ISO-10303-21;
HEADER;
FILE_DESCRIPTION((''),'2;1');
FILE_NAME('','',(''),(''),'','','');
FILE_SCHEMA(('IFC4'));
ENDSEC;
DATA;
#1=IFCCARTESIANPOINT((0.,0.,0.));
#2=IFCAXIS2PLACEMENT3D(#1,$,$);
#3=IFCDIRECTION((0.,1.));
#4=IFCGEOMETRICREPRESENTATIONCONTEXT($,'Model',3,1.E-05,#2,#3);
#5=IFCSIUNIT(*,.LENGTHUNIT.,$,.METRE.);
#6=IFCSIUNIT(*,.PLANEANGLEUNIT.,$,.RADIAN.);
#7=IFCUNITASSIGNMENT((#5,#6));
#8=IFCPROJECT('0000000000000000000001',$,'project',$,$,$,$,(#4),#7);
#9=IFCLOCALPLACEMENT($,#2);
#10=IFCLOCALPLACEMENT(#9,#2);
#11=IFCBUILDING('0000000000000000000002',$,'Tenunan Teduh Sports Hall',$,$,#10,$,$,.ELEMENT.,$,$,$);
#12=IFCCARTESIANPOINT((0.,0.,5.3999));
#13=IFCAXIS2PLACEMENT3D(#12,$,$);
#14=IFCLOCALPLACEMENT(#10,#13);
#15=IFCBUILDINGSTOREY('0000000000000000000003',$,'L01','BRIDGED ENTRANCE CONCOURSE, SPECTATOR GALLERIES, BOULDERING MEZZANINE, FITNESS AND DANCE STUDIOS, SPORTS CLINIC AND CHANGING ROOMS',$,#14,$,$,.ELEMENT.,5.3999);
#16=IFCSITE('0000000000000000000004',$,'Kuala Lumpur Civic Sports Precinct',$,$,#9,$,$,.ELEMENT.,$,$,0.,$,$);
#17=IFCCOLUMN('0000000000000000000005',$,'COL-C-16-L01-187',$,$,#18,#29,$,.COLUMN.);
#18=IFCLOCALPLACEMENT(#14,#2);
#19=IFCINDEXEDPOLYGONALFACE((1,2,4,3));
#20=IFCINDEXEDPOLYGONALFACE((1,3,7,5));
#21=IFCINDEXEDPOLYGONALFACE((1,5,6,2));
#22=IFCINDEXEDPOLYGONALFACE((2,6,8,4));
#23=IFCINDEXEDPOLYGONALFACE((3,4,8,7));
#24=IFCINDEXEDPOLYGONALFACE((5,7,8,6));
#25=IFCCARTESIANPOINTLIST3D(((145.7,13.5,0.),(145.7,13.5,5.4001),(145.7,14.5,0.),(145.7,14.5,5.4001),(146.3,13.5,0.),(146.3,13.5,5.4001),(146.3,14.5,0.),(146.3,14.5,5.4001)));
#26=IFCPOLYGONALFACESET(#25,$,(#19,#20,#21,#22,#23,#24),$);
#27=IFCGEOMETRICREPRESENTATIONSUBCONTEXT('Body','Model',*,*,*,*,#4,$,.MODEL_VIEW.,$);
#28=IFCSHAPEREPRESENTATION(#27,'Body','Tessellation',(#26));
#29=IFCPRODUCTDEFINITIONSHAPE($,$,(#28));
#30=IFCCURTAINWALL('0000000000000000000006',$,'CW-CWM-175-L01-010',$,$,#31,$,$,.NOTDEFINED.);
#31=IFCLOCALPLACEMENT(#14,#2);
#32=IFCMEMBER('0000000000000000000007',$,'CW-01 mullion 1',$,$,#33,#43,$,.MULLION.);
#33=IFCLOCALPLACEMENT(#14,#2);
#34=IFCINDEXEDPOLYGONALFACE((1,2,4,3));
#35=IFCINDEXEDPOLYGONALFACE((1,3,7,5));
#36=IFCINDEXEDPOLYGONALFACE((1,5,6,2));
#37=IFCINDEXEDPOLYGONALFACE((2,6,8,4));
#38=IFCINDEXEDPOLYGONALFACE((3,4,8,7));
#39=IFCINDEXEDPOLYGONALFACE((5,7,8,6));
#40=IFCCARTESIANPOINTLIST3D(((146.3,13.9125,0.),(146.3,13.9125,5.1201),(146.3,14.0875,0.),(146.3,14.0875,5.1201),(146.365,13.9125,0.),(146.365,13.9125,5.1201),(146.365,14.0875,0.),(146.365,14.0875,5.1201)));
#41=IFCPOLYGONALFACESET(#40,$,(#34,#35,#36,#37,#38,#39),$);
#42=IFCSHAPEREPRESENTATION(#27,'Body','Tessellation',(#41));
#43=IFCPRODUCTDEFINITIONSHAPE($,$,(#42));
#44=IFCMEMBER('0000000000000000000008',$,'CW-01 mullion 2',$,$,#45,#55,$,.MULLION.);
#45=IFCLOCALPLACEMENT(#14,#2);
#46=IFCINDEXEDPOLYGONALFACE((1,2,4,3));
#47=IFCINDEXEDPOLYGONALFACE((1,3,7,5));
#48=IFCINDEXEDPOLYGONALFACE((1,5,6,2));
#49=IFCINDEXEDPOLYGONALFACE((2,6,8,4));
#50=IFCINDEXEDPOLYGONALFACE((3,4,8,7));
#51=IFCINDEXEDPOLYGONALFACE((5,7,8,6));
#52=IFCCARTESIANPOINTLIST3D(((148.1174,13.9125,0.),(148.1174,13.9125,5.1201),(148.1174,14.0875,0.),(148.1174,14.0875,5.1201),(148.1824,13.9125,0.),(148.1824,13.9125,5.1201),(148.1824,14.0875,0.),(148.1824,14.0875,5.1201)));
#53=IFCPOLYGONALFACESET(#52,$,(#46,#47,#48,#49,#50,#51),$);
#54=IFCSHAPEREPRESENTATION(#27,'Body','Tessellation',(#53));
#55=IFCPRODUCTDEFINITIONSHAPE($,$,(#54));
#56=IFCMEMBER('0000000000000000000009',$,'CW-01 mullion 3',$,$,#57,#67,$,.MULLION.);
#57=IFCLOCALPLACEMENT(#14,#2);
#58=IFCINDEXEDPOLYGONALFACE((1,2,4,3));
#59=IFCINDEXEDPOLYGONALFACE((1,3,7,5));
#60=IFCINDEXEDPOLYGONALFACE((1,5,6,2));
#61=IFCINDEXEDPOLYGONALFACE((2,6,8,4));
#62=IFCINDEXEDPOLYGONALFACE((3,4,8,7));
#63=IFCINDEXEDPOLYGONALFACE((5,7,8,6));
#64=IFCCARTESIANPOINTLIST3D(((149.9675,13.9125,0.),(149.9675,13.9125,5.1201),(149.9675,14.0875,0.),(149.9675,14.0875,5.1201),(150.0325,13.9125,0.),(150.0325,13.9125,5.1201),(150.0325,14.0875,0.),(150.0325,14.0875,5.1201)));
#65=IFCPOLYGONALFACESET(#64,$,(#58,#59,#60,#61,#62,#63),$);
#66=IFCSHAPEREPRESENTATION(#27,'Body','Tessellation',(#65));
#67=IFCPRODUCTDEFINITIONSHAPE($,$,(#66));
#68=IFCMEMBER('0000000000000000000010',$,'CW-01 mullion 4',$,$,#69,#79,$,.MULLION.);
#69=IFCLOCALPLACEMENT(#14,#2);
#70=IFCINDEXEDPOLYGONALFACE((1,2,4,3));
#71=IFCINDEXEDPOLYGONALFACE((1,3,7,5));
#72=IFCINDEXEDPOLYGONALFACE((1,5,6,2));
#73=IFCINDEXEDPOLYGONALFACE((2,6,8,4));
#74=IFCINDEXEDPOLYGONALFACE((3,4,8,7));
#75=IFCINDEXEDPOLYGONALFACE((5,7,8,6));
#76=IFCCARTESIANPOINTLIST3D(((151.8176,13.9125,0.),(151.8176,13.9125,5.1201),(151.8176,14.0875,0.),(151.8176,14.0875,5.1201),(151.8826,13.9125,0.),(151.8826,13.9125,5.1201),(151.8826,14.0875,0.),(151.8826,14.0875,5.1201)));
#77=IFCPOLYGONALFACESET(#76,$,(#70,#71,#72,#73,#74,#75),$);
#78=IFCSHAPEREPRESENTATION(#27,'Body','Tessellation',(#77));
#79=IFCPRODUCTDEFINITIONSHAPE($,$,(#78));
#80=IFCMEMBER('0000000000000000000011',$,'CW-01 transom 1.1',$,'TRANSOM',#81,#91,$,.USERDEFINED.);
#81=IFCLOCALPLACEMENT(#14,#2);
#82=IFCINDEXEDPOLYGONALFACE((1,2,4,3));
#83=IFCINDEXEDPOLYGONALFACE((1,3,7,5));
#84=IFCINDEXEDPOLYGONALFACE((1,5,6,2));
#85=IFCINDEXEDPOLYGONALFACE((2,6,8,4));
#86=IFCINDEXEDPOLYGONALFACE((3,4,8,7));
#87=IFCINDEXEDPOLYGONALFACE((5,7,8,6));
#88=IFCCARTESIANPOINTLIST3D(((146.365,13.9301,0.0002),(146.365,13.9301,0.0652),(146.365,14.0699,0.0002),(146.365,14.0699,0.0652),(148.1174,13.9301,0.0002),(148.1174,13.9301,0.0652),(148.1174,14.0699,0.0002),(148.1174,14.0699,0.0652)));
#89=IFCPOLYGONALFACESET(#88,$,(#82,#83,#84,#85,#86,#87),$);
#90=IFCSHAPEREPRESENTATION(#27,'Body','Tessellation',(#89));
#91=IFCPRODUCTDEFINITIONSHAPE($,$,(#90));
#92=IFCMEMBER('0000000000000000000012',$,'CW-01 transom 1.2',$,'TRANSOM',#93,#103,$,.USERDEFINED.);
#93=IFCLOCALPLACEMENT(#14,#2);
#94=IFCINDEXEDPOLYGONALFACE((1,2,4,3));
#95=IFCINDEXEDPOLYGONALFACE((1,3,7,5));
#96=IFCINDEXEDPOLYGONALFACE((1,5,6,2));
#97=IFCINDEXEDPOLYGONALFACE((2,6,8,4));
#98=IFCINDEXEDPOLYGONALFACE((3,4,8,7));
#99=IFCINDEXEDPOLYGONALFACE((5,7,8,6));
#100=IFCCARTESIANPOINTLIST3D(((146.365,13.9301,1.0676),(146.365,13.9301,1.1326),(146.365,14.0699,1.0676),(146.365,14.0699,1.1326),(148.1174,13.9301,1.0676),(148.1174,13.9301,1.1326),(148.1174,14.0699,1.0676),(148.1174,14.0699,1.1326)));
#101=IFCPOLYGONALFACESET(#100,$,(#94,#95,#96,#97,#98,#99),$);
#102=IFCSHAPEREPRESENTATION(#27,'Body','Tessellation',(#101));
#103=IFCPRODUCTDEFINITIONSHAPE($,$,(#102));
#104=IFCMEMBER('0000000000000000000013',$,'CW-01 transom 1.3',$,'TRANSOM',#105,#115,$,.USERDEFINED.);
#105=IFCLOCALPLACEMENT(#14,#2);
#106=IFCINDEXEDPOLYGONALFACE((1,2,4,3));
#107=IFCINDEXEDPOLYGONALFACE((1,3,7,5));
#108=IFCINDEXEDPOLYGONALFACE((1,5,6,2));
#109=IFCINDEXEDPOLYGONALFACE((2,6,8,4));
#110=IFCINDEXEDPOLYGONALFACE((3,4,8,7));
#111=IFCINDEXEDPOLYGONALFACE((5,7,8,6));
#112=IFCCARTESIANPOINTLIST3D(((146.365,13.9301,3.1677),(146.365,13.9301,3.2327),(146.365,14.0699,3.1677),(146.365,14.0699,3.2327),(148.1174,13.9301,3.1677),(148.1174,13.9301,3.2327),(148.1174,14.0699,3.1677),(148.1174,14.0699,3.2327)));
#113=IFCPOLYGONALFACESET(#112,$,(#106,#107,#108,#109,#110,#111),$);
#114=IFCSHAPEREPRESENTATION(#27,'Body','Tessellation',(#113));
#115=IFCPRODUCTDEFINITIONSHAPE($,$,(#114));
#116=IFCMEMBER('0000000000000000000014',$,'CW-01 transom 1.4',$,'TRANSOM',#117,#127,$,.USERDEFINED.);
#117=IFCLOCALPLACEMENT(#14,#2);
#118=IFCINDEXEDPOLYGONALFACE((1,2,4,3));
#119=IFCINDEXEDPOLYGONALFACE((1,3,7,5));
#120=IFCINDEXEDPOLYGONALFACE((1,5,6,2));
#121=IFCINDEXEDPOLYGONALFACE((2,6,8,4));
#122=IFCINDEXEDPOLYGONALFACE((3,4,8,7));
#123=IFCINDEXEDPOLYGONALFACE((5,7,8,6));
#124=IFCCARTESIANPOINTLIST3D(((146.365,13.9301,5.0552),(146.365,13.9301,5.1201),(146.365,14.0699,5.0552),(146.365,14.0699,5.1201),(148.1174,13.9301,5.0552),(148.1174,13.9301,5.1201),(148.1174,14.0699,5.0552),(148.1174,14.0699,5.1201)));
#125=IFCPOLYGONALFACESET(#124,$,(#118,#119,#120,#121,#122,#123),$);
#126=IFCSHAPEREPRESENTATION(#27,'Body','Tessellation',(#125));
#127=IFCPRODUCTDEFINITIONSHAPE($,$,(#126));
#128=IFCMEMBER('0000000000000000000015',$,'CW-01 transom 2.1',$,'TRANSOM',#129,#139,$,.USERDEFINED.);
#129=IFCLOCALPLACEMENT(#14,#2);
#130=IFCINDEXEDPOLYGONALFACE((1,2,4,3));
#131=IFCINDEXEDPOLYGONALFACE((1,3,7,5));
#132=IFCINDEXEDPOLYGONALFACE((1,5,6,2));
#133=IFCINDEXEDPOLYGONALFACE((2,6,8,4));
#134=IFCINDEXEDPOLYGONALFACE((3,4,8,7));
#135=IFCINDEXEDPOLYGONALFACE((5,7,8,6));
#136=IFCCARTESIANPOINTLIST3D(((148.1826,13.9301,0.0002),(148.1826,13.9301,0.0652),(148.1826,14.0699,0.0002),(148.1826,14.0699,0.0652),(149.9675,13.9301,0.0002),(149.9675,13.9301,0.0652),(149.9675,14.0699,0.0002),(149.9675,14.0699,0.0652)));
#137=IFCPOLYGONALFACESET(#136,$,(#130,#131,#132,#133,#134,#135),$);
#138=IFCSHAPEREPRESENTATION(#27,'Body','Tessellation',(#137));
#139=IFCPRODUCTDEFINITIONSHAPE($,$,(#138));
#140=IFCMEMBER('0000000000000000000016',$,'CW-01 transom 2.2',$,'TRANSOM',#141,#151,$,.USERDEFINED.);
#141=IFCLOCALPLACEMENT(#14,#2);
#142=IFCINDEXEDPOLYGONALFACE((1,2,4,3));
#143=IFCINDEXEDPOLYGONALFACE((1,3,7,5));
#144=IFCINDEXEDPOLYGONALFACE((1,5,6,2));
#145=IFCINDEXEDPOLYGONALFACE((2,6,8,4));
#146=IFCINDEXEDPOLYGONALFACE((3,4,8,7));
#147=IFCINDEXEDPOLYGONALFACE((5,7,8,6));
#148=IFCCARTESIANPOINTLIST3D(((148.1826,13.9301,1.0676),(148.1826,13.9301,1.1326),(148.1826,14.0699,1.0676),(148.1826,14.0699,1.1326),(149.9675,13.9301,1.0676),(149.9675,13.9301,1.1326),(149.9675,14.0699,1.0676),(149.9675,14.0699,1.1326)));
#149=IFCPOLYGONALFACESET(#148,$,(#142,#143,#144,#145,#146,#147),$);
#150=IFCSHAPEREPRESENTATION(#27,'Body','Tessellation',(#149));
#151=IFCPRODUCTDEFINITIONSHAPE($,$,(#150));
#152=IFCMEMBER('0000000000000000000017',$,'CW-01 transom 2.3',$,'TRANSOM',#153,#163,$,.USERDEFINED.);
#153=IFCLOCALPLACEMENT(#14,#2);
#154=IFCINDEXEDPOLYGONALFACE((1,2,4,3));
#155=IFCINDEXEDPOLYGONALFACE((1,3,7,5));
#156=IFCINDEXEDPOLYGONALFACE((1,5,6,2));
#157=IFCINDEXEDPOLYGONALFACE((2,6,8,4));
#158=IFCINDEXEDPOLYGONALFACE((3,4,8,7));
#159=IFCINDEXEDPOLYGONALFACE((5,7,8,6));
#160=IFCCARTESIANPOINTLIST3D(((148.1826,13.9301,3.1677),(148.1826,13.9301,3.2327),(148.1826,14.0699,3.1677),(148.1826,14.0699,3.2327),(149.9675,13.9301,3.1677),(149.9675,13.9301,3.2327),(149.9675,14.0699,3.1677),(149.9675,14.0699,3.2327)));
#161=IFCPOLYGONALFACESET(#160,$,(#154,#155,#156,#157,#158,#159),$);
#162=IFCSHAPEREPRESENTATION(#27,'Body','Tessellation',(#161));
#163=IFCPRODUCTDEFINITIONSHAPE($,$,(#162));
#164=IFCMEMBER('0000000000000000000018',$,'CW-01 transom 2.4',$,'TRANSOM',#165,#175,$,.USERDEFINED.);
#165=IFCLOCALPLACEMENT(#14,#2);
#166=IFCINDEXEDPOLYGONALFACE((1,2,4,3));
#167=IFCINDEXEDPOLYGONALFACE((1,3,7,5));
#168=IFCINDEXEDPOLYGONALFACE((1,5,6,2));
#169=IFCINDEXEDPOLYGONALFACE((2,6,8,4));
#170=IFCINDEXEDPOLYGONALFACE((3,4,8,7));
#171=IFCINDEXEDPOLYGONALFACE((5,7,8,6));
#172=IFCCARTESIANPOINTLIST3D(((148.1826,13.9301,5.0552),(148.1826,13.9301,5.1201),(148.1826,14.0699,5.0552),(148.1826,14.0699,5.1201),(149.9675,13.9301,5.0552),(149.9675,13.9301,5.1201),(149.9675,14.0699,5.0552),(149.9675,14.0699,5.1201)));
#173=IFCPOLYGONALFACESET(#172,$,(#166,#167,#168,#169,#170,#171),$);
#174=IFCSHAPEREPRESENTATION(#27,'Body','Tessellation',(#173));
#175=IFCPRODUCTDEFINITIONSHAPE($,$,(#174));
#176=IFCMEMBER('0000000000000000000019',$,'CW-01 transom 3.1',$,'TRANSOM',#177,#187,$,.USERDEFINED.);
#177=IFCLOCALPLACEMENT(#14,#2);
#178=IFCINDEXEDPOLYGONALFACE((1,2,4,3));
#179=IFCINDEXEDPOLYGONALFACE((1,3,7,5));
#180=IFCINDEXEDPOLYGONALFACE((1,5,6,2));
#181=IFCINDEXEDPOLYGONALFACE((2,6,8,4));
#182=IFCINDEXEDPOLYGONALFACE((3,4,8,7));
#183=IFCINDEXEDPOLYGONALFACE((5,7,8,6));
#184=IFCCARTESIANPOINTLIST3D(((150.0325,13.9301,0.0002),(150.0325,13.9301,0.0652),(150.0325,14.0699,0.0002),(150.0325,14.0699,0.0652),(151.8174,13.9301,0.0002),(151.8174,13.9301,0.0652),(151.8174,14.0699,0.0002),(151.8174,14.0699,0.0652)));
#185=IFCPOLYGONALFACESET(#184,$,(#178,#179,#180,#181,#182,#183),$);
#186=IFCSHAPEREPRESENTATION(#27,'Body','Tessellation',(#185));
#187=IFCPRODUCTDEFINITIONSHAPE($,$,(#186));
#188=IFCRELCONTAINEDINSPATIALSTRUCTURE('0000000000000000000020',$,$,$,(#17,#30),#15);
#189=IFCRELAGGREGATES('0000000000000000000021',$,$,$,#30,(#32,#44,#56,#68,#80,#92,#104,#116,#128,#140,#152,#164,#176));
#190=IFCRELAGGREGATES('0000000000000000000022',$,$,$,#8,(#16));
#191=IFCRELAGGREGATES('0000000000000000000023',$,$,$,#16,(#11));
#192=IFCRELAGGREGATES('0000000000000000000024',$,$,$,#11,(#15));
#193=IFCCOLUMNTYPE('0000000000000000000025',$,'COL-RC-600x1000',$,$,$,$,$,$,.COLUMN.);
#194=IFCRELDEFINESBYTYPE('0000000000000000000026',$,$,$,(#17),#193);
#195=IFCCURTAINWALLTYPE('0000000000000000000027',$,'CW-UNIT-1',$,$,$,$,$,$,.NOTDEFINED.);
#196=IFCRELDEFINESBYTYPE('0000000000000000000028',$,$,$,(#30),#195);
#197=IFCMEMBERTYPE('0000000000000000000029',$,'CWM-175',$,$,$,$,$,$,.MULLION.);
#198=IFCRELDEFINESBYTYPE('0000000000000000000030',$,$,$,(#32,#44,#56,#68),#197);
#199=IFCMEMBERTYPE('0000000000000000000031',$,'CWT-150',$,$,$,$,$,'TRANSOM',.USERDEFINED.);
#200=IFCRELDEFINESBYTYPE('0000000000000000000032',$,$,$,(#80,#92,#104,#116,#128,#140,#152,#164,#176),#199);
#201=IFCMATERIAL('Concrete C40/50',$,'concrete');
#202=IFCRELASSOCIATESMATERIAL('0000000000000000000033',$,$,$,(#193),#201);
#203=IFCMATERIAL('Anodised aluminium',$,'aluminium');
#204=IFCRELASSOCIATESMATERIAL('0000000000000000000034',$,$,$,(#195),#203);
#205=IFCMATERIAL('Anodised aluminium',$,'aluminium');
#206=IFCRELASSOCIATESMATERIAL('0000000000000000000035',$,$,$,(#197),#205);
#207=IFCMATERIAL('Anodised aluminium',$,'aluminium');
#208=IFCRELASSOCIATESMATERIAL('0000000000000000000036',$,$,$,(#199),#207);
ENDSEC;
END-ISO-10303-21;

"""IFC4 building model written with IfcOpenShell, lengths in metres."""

from ifc_helpers import new_model, si_unit, direction, frame, origin, origin_2d, place, context, subcontext, project, spatial, rectangle, extrude, material, material_profile, profile_set, type_object, element, aggregate, save


model = new_model("IFC4")

# Units and contexts
model_context = context("Model", 3, precision=1e-05, world=origin(), true_north=direction((0.0, 1.0)))
body_context = subcontext(model_context, "Body", "Model", "MODEL_VIEW")
ifc_project = project(units=[si_unit("LENGTHUNIT", "METRE"), si_unit("PLANEANGLEUNIT", "RADIAN")], contexts=[model_context])

# Site, building, storey
site_placement = place(None, origin())
site = spatial("IfcSite", under=ifc_project, at=site_placement, Name="Kuala Lumpur Civic Sports Precinct", CompositionType="ELEMENT", RefElevation=0.0)
building_placement = place(site_placement, origin())
building = spatial("IfcBuilding", under=site, at=building_placement, Name="Tenunan Teduh Sports Hall", CompositionType="ELEMENT")
storey_placement = place(building_placement, frame((0.0, 0.0, 5.3999)))
storey = spatial("IfcBuildingStorey", under=building, at=storey_placement, Name="L01", Description="BRIDGED ENTRANCE CONCOURSE, SPECTATOR GALLERIES, BOULDERING MEZZANINE, FITNESS AND DANCE STUDIOS, SPORTS CLINIC AND CHANGING ROOMS", CompositionType="ELEMENT", Elevation=5.3999)

# Column
ifc_material_1 = material(Name="Concrete C40/50", Category="concrete")
ifc_material_profile_1 = material_profile(ifc_material_1, rectangle(XDim=0.6001, YDim=1.0, at=origin_2d()), Name="RC 600x1000")
ifc_profile_set_1 = profile_set([ifc_material_profile_1], Name="Concrete C40/50")
column_type = type_object("IfcColumnType", Name="COL-RC-600x1000", PredefinedType="COLUMN", material=ifc_profile_set_1)
column_placement = place(storey_placement, frame((146.0, 14.0, 0.0), z_axis=(0.0, 0.0, 1.0), x_axis=(1.0, 0.0, 0.0)))
element("IfcColumn", 1, at=column_placement, inside=storey, type_object=column_type, Name="COL-C-16-L01-187", PredefinedType="COLUMN", context=body_context, shape_type="SweptSolid", body=[
    extrude(rectangle(XDim=0.6001, YDim=1.0, at=origin_2d()), origin(), (0.0, 0.0, 1.0), 5.4001),
])

# Curtain wall, members
ifc_material_2 = material(Name="Anodised aluminium", Category="aluminium")
curtain_wall_type = type_object("IfcCurtainWallType", Name="CW-UNIT-1", PredefinedType="NOTDEFINED", material=ifc_material_2)
curtain_wall_placement = place(storey_placement, origin())
curtain_wall = element("IfcCurtainWall", 2, at=curtain_wall_placement, inside=storey, type_object=curtain_wall_type, Name="CW-CWM-175-L01-010", PredefinedType="NOTDEFINED")
ifc_material_3 = material(Name="Anodised aluminium", Category="aluminium")
ifc_material_profile_2 = material_profile(ifc_material_3, rectangle(XDim=0.0649, YDim=0.175, at=origin_2d()), Name="CWM 65x175")
ifc_profile_set_2 = profile_set([ifc_material_profile_2], Name="Anodised aluminium")
member_type_1 = type_object("IfcMemberType", Name="CWM-175", PredefinedType="MULLION", material=ifc_profile_set_2)
member_1_placement = place(storey_placement, frame((146.3325, 14.0, 0.0), z_axis=(0.0, 0.0, 1.0), x_axis=(1.0, 0.0, 0.0)))
member_1 = element("IfcMember", 3, at=member_1_placement, type_object=member_type_1, Name="CW-01 mullion 1", PredefinedType="MULLION", context=body_context, shape_type="SweptSolid", body=[
    extrude(rectangle(XDim=0.0649, YDim=0.175, at=origin_2d()), origin(), (0.0, 0.0, 1.0), 5.1201),
])
member_2_placement = place(storey_placement, frame((148.1499, 14.0, 0.0), z_axis=(0.0, 0.0, 1.0), x_axis=(1.0, 0.0, 0.0)))
member_2 = element("IfcMember", 4, at=member_2_placement, type_object=member_type_1, Name="CW-01 mullion 2", PredefinedType="MULLION", context=body_context, shape_type="SweptSolid", body=[
    extrude(rectangle(XDim=0.0649, YDim=0.175, at=origin_2d()), origin(), (0.0, 0.0, 1.0), 5.1201),
])
member_3_placement = place(storey_placement, frame((150.0, 14.0, 0.0), z_axis=(0.0, 0.0, 1.0), x_axis=(1.0, 0.0, 0.0)))
member_3 = element("IfcMember", 5, at=member_3_placement, type_object=member_type_1, Name="CW-01 mullion 3", PredefinedType="MULLION", context=body_context, shape_type="SweptSolid", body=[
    extrude(rectangle(XDim=0.0649, YDim=0.175, at=origin_2d()), origin(), (0.0, 0.0, 1.0), 5.1201),
])
member_4_placement = place(storey_placement, frame((151.8501, 14.0, 0.0), z_axis=(0.0, 0.0, 1.0), x_axis=(1.0, 0.0, 0.0)))
member_4 = element("IfcMember", 6, at=member_4_placement, type_object=member_type_1, Name="CW-01 mullion 4", PredefinedType="MULLION", context=body_context, shape_type="SweptSolid", body=[
    extrude(rectangle(XDim=0.0649, YDim=0.175, at=origin_2d()), origin(), (0.0, 0.0, 1.0), 5.1201),
])
ifc_material_4 = material(Name="Anodised aluminium", Category="aluminium")
ifc_material_profile_3 = material_profile(ifc_material_4, rectangle(XDim=0.0649, YDim=0.1399, at=origin_2d()), Name="CWT 65x140")
ifc_profile_set_3 = profile_set([ifc_material_profile_3], Name="Anodised aluminium")
member_type_2 = type_object("IfcMemberType", Name="CWT-150", ElementType="TRANSOM", PredefinedType="USERDEFINED", material=ifc_profile_set_3)
member_5_placement = place(storey_placement, frame((146.365, 14.0, 0.0327), z_axis=(1.0, 0.0, 0.0), x_axis=(0.0, 0.0, 1.0)))
member_5 = element("IfcMember", 7, at=member_5_placement, type_object=member_type_2, Name="CW-01 transom 1.1", ObjectType="TRANSOM", PredefinedType="USERDEFINED", context=body_context, shape_type="SweptSolid", body=[
    extrude(rectangle(XDim=0.0649, YDim=0.1399, at=origin_2d()), origin(), (0.0, 0.0, 1.0), 1.7524),
])
member_6_placement = place(storey_placement, frame((146.365, 14.0, 1.1001), z_axis=(1.0, 0.0, 0.0), x_axis=(0.0, 0.0, 1.0)))
member_6 = element("IfcMember", 8, at=member_6_placement, type_object=member_type_2, Name="CW-01 transom 1.2", ObjectType="TRANSOM", PredefinedType="USERDEFINED", context=body_context, shape_type="SweptSolid", body=[
    extrude(rectangle(XDim=0.0649, YDim=0.1399, at=origin_2d()), origin(), (0.0, 0.0, 1.0), 1.7524),
])
member_7_placement = place(storey_placement, frame((146.365, 14.0, 3.2002), z_axis=(1.0, 0.0, 0.0), x_axis=(0.0, 0.0, 1.0)))
member_7 = element("IfcMember", 9, at=member_7_placement, type_object=member_type_2, Name="CW-01 transom 1.3", ObjectType="TRANSOM", PredefinedType="USERDEFINED", context=body_context, shape_type="SweptSolid", body=[
    extrude(rectangle(XDim=0.0649, YDim=0.1399, at=origin_2d()), origin(), (0.0, 0.0, 1.0), 1.7524),
])
member_8_placement = place(storey_placement, frame((146.365, 14.0, 5.0876), z_axis=(1.0, 0.0, 0.0), x_axis=(0.0, 0.0, 1.0)))
member_8 = element("IfcMember", 10, at=member_8_placement, type_object=member_type_2, Name="CW-01 transom 1.4", ObjectType="TRANSOM", PredefinedType="USERDEFINED", context=body_context, shape_type="SweptSolid", body=[
    extrude(rectangle(XDim=0.0649, YDim=0.1399, at=origin_2d()), origin(), (0.0, 0.0, 1.0), 1.7524),
])
member_9_placement = place(storey_placement, frame((148.1826, 14.0, 0.0327), z_axis=(1.0, 0.0, 0.0), x_axis=(0.0, 0.0, 1.0)))
member_9 = element("IfcMember", 11, at=member_9_placement, type_object=member_type_2, Name="CW-01 transom 2.1", ObjectType="TRANSOM", PredefinedType="USERDEFINED", context=body_context, shape_type="SweptSolid", body=[
    extrude(rectangle(XDim=0.0649, YDim=0.1399, at=origin_2d()), origin(), (0.0, 0.0, 1.0), 1.7849),
])
member_10_placement = place(storey_placement, frame((148.1826, 14.0, 1.1001), z_axis=(1.0, 0.0, 0.0), x_axis=(0.0, 0.0, 1.0)))
member_10 = element("IfcMember", 12, at=member_10_placement, type_object=member_type_2, Name="CW-01 transom 2.2", ObjectType="TRANSOM", PredefinedType="USERDEFINED", context=body_context, shape_type="SweptSolid", body=[
    extrude(rectangle(XDim=0.0649, YDim=0.1399, at=origin_2d()), origin(), (0.0, 0.0, 1.0), 1.7849),
])
member_11_placement = place(storey_placement, frame((148.1826, 14.0, 3.2002), z_axis=(1.0, 0.0, 0.0), x_axis=(0.0, 0.0, 1.0)))
member_11 = element("IfcMember", 13, at=member_11_placement, type_object=member_type_2, Name="CW-01 transom 2.3", ObjectType="TRANSOM", PredefinedType="USERDEFINED", context=body_context, shape_type="SweptSolid", body=[
    extrude(rectangle(XDim=0.0649, YDim=0.1399, at=origin_2d()), origin(), (0.0, 0.0, 1.0), 1.7849),
])
member_12_placement = place(storey_placement, frame((148.1826, 14.0, 5.0876), z_axis=(1.0, 0.0, 0.0), x_axis=(0.0, 0.0, 1.0)))
member_12 = element("IfcMember", 14, at=member_12_placement, type_object=member_type_2, Name="CW-01 transom 2.4", ObjectType="TRANSOM", PredefinedType="USERDEFINED", context=body_context, shape_type="SweptSolid", body=[
    extrude(rectangle(XDim=0.0649, YDim=0.1399, at=origin_2d()), origin(), (0.0, 0.0, 1.0), 1.7849),
])
member_13_placement = place(storey_placement, frame((150.0325, 14.0, 0.0327), z_axis=(1.0, 0.0, 0.0), x_axis=(0.0, 0.0, 1.0)))
member_13 = element("IfcMember", 15, at=member_13_placement, type_object=member_type_2, Name="CW-01 transom 3.1", ObjectType="TRANSOM", PredefinedType="USERDEFINED", context=body_context, shape_type="SweptSolid", body=[
    extrude(rectangle(XDim=0.0649, YDim=0.1399, at=origin_2d()), origin(), (0.0, 0.0, 1.0), 1.7849),
])

aggregate(curtain_wall, [member_1, member_2, member_3, member_4, member_5, member_6, member_7, member_8, member_9, member_10, member_11, member_12, member_13])

save(model, "model.ifc")
